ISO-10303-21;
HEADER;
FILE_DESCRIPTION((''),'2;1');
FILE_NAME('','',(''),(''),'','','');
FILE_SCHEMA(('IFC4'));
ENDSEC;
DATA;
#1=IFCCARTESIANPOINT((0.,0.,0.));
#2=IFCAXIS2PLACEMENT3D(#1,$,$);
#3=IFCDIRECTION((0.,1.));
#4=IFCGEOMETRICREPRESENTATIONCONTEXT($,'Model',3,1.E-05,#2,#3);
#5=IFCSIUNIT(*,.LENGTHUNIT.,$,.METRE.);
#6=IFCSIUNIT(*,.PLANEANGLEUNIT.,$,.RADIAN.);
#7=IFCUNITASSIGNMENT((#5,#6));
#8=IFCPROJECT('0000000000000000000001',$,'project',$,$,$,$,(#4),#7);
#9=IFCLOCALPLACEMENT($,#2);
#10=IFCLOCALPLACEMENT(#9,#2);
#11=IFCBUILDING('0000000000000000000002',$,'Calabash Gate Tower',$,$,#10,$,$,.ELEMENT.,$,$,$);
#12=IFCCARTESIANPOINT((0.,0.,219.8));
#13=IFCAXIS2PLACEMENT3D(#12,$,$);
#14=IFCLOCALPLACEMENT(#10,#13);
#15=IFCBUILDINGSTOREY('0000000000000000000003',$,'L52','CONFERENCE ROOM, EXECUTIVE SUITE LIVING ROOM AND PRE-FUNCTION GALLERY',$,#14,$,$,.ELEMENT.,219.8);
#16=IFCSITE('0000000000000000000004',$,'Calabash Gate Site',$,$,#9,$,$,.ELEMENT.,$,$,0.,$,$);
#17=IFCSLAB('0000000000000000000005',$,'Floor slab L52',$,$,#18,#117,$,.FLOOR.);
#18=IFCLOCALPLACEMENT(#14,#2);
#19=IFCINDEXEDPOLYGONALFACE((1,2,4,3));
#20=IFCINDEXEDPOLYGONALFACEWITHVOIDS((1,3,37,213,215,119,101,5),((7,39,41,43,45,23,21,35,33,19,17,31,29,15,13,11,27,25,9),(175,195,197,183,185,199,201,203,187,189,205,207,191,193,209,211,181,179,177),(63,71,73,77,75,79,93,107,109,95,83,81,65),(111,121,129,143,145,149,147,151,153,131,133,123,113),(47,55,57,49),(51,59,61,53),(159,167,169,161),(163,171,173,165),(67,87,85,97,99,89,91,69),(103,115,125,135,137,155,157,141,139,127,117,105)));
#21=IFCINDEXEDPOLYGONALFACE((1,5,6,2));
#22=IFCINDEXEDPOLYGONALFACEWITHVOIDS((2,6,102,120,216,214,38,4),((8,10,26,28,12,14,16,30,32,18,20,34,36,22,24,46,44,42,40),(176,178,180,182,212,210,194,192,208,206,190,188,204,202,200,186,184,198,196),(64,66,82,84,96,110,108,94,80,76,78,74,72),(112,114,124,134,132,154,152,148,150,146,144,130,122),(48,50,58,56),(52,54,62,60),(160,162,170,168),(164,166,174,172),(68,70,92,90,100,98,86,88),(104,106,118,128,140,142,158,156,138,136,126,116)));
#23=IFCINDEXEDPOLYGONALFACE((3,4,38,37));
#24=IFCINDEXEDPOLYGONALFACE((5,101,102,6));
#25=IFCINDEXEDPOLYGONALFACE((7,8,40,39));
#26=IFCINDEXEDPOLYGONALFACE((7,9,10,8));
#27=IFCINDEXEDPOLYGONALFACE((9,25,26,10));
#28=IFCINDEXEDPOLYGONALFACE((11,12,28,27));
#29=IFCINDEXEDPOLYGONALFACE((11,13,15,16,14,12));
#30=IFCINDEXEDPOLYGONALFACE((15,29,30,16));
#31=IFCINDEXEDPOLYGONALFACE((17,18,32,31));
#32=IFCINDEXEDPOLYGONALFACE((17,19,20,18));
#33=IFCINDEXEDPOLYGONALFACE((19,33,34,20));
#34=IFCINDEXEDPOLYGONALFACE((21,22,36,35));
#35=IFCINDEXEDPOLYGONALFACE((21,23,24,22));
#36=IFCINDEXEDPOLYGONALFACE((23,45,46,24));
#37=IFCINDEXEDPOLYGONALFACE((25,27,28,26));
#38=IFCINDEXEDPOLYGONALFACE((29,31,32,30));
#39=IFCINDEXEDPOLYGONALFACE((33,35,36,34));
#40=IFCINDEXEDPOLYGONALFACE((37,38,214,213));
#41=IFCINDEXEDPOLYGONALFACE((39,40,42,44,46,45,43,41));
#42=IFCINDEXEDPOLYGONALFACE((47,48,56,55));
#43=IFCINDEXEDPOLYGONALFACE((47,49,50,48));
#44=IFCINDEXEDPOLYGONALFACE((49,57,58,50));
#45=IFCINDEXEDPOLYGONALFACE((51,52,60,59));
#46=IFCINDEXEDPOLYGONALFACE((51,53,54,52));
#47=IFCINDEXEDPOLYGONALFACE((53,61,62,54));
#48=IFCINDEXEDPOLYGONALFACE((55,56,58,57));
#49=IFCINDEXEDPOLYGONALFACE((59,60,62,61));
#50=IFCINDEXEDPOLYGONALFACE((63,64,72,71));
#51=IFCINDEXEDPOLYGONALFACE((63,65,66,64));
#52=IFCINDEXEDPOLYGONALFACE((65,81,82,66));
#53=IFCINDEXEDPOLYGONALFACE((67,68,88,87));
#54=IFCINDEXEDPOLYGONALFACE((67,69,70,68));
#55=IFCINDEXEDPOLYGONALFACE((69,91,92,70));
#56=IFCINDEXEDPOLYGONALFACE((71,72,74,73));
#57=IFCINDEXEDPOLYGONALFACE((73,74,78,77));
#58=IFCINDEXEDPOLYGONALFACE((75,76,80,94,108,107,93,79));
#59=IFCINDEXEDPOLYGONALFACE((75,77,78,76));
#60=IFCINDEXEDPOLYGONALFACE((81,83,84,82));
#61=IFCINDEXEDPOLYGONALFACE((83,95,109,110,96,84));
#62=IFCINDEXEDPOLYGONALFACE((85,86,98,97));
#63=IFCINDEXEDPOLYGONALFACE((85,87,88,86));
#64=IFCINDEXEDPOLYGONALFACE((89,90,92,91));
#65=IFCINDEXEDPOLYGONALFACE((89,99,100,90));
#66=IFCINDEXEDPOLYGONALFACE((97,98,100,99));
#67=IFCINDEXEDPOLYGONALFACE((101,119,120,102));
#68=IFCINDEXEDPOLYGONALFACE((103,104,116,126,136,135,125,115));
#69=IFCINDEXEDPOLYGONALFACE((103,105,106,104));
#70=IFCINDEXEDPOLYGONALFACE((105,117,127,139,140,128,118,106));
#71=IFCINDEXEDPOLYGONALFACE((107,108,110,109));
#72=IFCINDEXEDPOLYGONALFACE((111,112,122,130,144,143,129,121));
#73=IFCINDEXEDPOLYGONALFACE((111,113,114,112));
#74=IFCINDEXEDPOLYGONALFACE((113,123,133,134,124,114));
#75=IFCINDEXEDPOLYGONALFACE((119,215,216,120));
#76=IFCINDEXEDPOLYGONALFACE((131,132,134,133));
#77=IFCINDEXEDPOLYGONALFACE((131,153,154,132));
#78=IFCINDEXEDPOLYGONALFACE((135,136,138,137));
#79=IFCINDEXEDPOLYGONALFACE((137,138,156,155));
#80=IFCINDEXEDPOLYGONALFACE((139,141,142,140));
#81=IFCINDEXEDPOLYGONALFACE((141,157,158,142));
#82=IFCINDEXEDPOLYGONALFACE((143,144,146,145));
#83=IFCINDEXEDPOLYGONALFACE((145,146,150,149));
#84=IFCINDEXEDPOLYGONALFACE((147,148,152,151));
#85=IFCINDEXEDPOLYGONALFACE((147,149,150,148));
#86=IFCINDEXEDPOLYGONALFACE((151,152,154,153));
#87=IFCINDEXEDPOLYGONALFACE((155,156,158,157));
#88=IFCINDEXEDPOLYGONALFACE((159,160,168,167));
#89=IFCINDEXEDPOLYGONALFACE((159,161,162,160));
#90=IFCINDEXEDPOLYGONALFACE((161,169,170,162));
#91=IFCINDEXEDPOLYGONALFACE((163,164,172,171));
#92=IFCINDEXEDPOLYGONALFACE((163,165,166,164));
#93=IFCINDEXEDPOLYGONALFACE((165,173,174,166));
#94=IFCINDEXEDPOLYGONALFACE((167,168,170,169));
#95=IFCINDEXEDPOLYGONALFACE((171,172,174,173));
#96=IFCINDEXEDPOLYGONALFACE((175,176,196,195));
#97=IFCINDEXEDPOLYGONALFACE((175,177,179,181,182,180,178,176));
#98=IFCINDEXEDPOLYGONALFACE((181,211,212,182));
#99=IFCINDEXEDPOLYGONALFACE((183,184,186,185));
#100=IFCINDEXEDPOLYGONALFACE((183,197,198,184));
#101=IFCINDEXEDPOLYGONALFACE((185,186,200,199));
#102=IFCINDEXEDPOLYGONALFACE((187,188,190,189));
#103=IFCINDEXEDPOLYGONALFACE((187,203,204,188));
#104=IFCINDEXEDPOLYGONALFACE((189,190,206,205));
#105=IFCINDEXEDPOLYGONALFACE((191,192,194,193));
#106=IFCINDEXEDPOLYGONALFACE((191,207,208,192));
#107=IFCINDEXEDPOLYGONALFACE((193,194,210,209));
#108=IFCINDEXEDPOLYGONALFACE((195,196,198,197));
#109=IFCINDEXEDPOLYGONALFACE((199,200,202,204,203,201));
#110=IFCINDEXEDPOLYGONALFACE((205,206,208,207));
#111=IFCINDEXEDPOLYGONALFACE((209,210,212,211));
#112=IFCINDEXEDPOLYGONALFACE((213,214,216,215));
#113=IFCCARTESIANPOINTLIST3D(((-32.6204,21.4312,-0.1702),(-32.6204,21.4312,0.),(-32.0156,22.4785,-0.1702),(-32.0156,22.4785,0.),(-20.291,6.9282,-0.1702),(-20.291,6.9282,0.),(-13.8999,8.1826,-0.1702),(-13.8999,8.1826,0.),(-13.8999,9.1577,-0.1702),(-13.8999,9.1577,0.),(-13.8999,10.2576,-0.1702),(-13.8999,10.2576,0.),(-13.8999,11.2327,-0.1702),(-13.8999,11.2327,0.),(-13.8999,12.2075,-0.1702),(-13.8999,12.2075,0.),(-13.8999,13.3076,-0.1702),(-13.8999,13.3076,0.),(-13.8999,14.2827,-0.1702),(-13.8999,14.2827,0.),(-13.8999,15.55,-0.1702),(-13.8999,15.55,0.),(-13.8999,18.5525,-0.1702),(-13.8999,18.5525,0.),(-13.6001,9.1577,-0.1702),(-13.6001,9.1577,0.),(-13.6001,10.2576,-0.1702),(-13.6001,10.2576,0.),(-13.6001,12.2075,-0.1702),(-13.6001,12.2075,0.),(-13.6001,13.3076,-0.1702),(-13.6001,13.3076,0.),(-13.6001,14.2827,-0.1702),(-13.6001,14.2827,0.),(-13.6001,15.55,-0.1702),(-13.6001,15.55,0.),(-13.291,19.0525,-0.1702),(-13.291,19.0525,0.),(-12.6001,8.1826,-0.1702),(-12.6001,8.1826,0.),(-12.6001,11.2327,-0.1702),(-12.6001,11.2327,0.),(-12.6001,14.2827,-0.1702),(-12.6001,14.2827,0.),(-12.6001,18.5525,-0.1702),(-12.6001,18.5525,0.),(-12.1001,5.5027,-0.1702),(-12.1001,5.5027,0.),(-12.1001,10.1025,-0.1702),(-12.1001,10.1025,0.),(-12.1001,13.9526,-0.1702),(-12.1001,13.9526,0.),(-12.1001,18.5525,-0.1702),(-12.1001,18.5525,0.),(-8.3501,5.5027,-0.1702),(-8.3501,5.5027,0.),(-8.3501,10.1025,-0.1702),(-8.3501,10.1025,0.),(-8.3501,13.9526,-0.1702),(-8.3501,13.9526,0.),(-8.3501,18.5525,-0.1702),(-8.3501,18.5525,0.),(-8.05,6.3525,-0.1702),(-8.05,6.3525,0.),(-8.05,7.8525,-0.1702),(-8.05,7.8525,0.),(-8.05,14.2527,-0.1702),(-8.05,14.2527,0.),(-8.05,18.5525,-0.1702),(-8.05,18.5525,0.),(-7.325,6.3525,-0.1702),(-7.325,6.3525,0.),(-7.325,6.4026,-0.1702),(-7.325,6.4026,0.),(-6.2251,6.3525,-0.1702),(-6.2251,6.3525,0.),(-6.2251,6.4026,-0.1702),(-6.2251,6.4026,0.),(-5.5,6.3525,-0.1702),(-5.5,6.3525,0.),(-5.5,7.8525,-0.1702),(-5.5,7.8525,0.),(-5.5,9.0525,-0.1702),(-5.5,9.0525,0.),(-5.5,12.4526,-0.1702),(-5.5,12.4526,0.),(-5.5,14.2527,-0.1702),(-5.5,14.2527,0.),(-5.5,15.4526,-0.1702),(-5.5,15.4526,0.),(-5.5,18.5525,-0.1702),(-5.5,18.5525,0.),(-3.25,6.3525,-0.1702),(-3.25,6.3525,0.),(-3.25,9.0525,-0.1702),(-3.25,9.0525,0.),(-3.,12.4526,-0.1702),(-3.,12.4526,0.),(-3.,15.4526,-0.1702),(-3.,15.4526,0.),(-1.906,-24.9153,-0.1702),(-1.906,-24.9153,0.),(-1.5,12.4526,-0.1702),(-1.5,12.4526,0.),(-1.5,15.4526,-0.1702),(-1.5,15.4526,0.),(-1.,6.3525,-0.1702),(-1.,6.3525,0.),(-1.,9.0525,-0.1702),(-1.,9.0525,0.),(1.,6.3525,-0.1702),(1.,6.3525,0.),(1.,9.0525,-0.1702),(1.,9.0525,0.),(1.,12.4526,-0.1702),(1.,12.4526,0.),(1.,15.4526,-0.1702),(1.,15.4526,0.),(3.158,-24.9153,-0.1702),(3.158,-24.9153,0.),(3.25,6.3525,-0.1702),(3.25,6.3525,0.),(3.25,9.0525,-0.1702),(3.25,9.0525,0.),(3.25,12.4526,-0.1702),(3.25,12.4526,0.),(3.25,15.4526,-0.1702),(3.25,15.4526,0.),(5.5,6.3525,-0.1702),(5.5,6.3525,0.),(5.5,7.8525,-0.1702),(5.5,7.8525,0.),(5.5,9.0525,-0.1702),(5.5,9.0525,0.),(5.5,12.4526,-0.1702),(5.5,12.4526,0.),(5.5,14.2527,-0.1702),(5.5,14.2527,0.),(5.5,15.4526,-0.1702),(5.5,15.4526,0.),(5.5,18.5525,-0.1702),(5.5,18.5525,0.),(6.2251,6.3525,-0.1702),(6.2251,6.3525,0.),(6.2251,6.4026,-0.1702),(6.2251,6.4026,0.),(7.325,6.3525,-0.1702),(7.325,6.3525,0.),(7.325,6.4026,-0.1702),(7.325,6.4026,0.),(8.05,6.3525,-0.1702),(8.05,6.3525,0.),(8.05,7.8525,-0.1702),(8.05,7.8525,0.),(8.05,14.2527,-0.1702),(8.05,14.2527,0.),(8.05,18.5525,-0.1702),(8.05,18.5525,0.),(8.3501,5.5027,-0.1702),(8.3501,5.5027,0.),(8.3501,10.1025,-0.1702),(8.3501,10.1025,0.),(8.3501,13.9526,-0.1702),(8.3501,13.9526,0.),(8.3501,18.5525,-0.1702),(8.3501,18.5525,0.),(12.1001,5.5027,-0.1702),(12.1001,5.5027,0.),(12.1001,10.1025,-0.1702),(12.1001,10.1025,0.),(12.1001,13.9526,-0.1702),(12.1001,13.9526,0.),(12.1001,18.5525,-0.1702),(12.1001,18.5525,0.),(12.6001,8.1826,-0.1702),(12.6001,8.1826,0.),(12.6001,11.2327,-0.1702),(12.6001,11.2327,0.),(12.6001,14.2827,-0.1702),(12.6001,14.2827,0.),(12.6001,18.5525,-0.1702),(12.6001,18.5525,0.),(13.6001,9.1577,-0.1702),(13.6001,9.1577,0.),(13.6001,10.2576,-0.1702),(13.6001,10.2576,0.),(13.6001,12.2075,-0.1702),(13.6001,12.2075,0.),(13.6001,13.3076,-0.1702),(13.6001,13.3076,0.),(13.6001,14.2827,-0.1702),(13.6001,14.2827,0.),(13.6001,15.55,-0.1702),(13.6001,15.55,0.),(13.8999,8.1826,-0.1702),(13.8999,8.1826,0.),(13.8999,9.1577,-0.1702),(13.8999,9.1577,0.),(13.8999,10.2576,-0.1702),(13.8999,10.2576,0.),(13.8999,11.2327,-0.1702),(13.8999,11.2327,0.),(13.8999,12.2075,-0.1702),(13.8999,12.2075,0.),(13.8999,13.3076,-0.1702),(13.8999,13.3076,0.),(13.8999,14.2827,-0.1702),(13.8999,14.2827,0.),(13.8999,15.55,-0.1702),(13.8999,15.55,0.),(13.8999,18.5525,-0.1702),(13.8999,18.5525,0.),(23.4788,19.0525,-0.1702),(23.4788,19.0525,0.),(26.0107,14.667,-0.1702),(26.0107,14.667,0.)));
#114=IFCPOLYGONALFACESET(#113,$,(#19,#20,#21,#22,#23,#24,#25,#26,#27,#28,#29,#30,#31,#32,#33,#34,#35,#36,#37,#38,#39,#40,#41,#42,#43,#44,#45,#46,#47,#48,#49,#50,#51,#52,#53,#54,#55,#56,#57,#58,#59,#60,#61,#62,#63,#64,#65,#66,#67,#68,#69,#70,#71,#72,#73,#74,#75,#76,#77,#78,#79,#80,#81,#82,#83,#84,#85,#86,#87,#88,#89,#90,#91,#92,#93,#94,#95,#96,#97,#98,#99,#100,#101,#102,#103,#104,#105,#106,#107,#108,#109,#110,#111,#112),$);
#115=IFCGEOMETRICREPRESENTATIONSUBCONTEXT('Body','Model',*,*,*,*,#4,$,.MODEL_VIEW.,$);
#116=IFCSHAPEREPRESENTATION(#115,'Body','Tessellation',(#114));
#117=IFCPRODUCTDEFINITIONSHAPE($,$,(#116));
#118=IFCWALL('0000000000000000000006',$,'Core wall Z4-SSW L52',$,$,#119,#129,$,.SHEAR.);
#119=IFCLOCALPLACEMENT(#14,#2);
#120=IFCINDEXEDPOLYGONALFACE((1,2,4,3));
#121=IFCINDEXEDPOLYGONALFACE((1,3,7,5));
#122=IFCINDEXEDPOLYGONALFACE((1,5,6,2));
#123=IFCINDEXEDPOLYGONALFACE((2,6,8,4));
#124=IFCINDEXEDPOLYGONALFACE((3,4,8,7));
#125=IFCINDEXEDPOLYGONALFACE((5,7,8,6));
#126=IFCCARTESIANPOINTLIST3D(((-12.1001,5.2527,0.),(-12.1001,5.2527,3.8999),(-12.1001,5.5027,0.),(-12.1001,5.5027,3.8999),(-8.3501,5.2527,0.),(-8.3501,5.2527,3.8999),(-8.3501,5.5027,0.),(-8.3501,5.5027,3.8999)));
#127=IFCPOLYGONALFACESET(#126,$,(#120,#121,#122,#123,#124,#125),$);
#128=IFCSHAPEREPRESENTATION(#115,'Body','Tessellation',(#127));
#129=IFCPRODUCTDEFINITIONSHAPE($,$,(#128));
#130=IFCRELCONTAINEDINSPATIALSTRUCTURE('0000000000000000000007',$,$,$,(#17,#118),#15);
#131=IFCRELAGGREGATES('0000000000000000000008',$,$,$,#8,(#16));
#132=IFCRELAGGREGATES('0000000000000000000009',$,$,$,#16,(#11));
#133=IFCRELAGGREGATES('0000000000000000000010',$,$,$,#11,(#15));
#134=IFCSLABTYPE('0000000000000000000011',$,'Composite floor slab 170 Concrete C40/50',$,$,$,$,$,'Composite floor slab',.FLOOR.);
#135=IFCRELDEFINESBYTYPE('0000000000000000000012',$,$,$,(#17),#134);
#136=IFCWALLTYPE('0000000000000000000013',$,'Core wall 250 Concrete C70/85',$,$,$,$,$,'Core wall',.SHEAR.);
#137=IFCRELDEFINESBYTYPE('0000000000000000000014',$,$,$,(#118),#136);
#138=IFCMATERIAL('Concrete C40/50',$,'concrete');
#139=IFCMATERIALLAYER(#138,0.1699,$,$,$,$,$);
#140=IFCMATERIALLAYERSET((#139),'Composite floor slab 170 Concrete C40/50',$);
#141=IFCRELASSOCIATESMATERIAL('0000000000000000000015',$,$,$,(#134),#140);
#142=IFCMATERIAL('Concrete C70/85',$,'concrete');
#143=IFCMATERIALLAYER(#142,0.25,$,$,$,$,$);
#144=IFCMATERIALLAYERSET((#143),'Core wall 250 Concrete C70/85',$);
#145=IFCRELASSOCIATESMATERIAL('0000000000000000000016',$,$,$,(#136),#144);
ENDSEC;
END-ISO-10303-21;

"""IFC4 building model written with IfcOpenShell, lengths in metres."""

from ifc_helpers import new_model, si_unit, direction, frame, frame_2d, origin, place, context, subcontext, project, spatial, polyline, rectangle, outline, extrude, material, layer, layer_set, type_object, element, save


model = new_model("IFC4")

# Units and contexts
model_context = context("Model", 3, precision=1e-05, world=origin(), true_north=direction((0.0, 1.0)))
body_context = subcontext(model_context, "Body", "Model", "MODEL_VIEW")
ifc_project = project(units=[si_unit("LENGTHUNIT", "METRE"), si_unit("PLANEANGLEUNIT", "RADIAN")], contexts=[model_context])

# Site, building, storey
site_placement = place(None, origin())
site = spatial("IfcSite", under=ifc_project, at=site_placement, Name="Calabash Gate Site", CompositionType="ELEMENT", RefElevation=0.0)
building_placement = place(site_placement, origin())
building = spatial("IfcBuilding", under=site, at=building_placement, Name="Calabash Gate Tower", CompositionType="ELEMENT")
storey_placement = place(building_placement, frame((0.0, 0.0, 219.8)))
storey = spatial("IfcBuildingStorey", under=building, at=storey_placement, Name="L52", Description="CONFERENCE ROOM, EXECUTIVE SUITE LIVING ROOM AND PRE-FUNCTION GALLERY", CompositionType="ELEMENT", Elevation=219.8)

# Slab
ifc_material_1 = material(Name="Concrete C40/50", Category="concrete")
ifc_layer_1 = layer(ifc_material_1, 0.1699)
ifc_layer_set_1 = layer_set([ifc_layer_1], Name="Composite floor slab 170 Concrete C40/50")
slab_type = type_object("IfcSlabType", Name="Composite floor slab 170 Concrete C40/50", ElementType="Composite floor slab", PredefinedType="FLOOR", material=ifc_layer_set_1)
slab_placement = place(storey_placement, frame((0.0, 0.0, -0.1702)))
element("IfcSlab", 1, at=slab_placement, inside=storey, type_object=slab_type, Name="Floor slab L52", PredefinedType="FLOOR", context=body_context, shape_type="SweptSolid", body=[
    extrude(outline(polyline([(3.158, -24.9153), (-1.906, -24.9153), (-20.291, 6.9282), (-32.6204, 21.4312), (-32.0156, 22.4785), (-13.291, 19.0525), (23.4788, 19.0525), (26.0107, 14.667), (3.158, -24.9153)]), holes=[polyline([(-7.325, 6.3525), (-7.325, 6.4026), (-6.2251, 6.4026), (-6.2251, 6.3525), (-5.5, 6.3525), (-3.25, 6.3525), (-1.0, 6.3525), (-1.0, 9.0525), (-3.25, 9.0525), (-5.5, 9.0525), (-5.5, 7.8525), (-8.05, 7.8525), (-8.05, 6.3525), (-7.325, 6.3525)]), polyline([(8.05, 6.3525), (8.05, 7.8525), (5.5, 7.8525), (5.5, 9.0525), (3.25, 9.0525), (1.0, 9.0525), (1.0, 6.3525), (3.25, 6.3525), (5.5, 6.3525), (6.2251, 6.3525), (6.2251, 6.4026), (7.325, 6.4026), (7.325, 6.3525), (8.05, 6.3525)]), polyline([(-8.05, 18.5525), (-8.05, 14.2527), (-5.5, 14.2527), (-5.5, 12.4526), (-3.0, 12.4526), (-3.0, 15.4526), (-5.5, 15.4526), (-5.5, 18.5525), (-8.05, 18.5525)]), polyline([(5.5, 14.2527), (8.05, 14.2527), (8.05, 18.5525), (5.5, 18.5525), (5.5, 15.4526), (3.25, 15.4526), (1.0, 15.4526), (-1.5, 15.4526), (-1.5, 12.4526), (1.0, 12.4526), (3.25, 12.4526), (5.5, 12.4526), (5.5, 14.2527)]), polyline([(-12.1001, 13.9526), (-8.3501, 13.9526), (-8.3501, 18.5525), (-12.1001, 18.5525), (-12.1001, 13.9526)]), polyline([(-8.3501, 5.5027), (-8.3501, 10.1025), (-12.1001, 10.1025), (-12.1001, 5.5027), (-8.3501, 5.5027)]), polyline([(12.1001, 18.5525), (8.3501, 18.5525), (8.3501, 13.9526), (12.1001, 13.9526), (12.1001, 18.5525)]), polyline([(8.3501, 10.1025), (8.3501, 5.5027), (12.1001, 5.5027), (12.1001, 10.1025), (8.3501, 10.1025)]), polyline([(-13.8999, 8.1826), (-12.6001, 8.1826), (-12.6001, 11.2327), (-12.6001, 14.2827), (-12.6001, 18.5525), (-13.8999, 18.5525), (-13.8999, 15.55), (-13.6001, 15.55), (-13.6001, 14.2827), (-13.8999, 14.2827), (-13.8999, 13.3076), (-13.6001, 13.3076), (-13.6001, 12.2075), (-13.8999, 12.2075), (-13.8999, 11.2327), (-13.8999, 10.2576), (-13.6001, 10.2576), (-13.6001, 9.1577), (-13.8999, 9.1577), (-13.8999, 8.1826)]), polyline([(13.6001, 9.1577), (13.6001, 10.2576), (13.8999, 10.2576), (13.8999, 11.2327), (13.8999, 12.2075), (13.6001, 12.2075), (13.6001, 13.3076), (13.8999, 13.3076), (13.8999, 14.2827), (13.6001, 14.2827), (13.6001, 15.55), (13.8999, 15.55), (13.8999, 18.5525), (12.6001, 18.5525), (12.6001, 14.2827), (12.6001, 11.2327), (12.6001, 8.1826), (13.8999, 8.1826), (13.8999, 9.1577), (13.6001, 9.1577)])]), origin(), (0.0, 0.0, 1.0), 0.1702),
])

# Wall
ifc_material_2 = material(Name="Concrete C70/85", Category="concrete")
ifc_layer_2 = layer(ifc_material_2, 0.25)
ifc_layer_set_2 = layer_set([ifc_layer_2], Name="Core wall 250 Concrete C70/85")
wall_type_1 = type_object("IfcWallType", Name="Core wall 250 Concrete C70/85", ElementType="Core wall", PredefinedType="SHEAR", material=ifc_layer_set_2)
wall_1_placement = place(storey_placement, frame((-12.1001, 5.3777, 0.0), z_axis=(0.0, 0.0, 1.0), x_axis=(1.0, 0.0, 0.0)))
element("IfcWall", 2, at=wall_1_placement, inside=storey, type_object=wall_type_1, Name="Core wall Z4-SSW L52", PredefinedType="SHEAR", context=body_context, shape_type="SweptSolid", body=[
    extrude(rectangle(XDim=3.75, YDim=0.25, at=frame_2d((1.875, 0.0))), origin(), (0.0, 0.0, 1.0), 3.8999),
])

save(model, "model.ifc")
